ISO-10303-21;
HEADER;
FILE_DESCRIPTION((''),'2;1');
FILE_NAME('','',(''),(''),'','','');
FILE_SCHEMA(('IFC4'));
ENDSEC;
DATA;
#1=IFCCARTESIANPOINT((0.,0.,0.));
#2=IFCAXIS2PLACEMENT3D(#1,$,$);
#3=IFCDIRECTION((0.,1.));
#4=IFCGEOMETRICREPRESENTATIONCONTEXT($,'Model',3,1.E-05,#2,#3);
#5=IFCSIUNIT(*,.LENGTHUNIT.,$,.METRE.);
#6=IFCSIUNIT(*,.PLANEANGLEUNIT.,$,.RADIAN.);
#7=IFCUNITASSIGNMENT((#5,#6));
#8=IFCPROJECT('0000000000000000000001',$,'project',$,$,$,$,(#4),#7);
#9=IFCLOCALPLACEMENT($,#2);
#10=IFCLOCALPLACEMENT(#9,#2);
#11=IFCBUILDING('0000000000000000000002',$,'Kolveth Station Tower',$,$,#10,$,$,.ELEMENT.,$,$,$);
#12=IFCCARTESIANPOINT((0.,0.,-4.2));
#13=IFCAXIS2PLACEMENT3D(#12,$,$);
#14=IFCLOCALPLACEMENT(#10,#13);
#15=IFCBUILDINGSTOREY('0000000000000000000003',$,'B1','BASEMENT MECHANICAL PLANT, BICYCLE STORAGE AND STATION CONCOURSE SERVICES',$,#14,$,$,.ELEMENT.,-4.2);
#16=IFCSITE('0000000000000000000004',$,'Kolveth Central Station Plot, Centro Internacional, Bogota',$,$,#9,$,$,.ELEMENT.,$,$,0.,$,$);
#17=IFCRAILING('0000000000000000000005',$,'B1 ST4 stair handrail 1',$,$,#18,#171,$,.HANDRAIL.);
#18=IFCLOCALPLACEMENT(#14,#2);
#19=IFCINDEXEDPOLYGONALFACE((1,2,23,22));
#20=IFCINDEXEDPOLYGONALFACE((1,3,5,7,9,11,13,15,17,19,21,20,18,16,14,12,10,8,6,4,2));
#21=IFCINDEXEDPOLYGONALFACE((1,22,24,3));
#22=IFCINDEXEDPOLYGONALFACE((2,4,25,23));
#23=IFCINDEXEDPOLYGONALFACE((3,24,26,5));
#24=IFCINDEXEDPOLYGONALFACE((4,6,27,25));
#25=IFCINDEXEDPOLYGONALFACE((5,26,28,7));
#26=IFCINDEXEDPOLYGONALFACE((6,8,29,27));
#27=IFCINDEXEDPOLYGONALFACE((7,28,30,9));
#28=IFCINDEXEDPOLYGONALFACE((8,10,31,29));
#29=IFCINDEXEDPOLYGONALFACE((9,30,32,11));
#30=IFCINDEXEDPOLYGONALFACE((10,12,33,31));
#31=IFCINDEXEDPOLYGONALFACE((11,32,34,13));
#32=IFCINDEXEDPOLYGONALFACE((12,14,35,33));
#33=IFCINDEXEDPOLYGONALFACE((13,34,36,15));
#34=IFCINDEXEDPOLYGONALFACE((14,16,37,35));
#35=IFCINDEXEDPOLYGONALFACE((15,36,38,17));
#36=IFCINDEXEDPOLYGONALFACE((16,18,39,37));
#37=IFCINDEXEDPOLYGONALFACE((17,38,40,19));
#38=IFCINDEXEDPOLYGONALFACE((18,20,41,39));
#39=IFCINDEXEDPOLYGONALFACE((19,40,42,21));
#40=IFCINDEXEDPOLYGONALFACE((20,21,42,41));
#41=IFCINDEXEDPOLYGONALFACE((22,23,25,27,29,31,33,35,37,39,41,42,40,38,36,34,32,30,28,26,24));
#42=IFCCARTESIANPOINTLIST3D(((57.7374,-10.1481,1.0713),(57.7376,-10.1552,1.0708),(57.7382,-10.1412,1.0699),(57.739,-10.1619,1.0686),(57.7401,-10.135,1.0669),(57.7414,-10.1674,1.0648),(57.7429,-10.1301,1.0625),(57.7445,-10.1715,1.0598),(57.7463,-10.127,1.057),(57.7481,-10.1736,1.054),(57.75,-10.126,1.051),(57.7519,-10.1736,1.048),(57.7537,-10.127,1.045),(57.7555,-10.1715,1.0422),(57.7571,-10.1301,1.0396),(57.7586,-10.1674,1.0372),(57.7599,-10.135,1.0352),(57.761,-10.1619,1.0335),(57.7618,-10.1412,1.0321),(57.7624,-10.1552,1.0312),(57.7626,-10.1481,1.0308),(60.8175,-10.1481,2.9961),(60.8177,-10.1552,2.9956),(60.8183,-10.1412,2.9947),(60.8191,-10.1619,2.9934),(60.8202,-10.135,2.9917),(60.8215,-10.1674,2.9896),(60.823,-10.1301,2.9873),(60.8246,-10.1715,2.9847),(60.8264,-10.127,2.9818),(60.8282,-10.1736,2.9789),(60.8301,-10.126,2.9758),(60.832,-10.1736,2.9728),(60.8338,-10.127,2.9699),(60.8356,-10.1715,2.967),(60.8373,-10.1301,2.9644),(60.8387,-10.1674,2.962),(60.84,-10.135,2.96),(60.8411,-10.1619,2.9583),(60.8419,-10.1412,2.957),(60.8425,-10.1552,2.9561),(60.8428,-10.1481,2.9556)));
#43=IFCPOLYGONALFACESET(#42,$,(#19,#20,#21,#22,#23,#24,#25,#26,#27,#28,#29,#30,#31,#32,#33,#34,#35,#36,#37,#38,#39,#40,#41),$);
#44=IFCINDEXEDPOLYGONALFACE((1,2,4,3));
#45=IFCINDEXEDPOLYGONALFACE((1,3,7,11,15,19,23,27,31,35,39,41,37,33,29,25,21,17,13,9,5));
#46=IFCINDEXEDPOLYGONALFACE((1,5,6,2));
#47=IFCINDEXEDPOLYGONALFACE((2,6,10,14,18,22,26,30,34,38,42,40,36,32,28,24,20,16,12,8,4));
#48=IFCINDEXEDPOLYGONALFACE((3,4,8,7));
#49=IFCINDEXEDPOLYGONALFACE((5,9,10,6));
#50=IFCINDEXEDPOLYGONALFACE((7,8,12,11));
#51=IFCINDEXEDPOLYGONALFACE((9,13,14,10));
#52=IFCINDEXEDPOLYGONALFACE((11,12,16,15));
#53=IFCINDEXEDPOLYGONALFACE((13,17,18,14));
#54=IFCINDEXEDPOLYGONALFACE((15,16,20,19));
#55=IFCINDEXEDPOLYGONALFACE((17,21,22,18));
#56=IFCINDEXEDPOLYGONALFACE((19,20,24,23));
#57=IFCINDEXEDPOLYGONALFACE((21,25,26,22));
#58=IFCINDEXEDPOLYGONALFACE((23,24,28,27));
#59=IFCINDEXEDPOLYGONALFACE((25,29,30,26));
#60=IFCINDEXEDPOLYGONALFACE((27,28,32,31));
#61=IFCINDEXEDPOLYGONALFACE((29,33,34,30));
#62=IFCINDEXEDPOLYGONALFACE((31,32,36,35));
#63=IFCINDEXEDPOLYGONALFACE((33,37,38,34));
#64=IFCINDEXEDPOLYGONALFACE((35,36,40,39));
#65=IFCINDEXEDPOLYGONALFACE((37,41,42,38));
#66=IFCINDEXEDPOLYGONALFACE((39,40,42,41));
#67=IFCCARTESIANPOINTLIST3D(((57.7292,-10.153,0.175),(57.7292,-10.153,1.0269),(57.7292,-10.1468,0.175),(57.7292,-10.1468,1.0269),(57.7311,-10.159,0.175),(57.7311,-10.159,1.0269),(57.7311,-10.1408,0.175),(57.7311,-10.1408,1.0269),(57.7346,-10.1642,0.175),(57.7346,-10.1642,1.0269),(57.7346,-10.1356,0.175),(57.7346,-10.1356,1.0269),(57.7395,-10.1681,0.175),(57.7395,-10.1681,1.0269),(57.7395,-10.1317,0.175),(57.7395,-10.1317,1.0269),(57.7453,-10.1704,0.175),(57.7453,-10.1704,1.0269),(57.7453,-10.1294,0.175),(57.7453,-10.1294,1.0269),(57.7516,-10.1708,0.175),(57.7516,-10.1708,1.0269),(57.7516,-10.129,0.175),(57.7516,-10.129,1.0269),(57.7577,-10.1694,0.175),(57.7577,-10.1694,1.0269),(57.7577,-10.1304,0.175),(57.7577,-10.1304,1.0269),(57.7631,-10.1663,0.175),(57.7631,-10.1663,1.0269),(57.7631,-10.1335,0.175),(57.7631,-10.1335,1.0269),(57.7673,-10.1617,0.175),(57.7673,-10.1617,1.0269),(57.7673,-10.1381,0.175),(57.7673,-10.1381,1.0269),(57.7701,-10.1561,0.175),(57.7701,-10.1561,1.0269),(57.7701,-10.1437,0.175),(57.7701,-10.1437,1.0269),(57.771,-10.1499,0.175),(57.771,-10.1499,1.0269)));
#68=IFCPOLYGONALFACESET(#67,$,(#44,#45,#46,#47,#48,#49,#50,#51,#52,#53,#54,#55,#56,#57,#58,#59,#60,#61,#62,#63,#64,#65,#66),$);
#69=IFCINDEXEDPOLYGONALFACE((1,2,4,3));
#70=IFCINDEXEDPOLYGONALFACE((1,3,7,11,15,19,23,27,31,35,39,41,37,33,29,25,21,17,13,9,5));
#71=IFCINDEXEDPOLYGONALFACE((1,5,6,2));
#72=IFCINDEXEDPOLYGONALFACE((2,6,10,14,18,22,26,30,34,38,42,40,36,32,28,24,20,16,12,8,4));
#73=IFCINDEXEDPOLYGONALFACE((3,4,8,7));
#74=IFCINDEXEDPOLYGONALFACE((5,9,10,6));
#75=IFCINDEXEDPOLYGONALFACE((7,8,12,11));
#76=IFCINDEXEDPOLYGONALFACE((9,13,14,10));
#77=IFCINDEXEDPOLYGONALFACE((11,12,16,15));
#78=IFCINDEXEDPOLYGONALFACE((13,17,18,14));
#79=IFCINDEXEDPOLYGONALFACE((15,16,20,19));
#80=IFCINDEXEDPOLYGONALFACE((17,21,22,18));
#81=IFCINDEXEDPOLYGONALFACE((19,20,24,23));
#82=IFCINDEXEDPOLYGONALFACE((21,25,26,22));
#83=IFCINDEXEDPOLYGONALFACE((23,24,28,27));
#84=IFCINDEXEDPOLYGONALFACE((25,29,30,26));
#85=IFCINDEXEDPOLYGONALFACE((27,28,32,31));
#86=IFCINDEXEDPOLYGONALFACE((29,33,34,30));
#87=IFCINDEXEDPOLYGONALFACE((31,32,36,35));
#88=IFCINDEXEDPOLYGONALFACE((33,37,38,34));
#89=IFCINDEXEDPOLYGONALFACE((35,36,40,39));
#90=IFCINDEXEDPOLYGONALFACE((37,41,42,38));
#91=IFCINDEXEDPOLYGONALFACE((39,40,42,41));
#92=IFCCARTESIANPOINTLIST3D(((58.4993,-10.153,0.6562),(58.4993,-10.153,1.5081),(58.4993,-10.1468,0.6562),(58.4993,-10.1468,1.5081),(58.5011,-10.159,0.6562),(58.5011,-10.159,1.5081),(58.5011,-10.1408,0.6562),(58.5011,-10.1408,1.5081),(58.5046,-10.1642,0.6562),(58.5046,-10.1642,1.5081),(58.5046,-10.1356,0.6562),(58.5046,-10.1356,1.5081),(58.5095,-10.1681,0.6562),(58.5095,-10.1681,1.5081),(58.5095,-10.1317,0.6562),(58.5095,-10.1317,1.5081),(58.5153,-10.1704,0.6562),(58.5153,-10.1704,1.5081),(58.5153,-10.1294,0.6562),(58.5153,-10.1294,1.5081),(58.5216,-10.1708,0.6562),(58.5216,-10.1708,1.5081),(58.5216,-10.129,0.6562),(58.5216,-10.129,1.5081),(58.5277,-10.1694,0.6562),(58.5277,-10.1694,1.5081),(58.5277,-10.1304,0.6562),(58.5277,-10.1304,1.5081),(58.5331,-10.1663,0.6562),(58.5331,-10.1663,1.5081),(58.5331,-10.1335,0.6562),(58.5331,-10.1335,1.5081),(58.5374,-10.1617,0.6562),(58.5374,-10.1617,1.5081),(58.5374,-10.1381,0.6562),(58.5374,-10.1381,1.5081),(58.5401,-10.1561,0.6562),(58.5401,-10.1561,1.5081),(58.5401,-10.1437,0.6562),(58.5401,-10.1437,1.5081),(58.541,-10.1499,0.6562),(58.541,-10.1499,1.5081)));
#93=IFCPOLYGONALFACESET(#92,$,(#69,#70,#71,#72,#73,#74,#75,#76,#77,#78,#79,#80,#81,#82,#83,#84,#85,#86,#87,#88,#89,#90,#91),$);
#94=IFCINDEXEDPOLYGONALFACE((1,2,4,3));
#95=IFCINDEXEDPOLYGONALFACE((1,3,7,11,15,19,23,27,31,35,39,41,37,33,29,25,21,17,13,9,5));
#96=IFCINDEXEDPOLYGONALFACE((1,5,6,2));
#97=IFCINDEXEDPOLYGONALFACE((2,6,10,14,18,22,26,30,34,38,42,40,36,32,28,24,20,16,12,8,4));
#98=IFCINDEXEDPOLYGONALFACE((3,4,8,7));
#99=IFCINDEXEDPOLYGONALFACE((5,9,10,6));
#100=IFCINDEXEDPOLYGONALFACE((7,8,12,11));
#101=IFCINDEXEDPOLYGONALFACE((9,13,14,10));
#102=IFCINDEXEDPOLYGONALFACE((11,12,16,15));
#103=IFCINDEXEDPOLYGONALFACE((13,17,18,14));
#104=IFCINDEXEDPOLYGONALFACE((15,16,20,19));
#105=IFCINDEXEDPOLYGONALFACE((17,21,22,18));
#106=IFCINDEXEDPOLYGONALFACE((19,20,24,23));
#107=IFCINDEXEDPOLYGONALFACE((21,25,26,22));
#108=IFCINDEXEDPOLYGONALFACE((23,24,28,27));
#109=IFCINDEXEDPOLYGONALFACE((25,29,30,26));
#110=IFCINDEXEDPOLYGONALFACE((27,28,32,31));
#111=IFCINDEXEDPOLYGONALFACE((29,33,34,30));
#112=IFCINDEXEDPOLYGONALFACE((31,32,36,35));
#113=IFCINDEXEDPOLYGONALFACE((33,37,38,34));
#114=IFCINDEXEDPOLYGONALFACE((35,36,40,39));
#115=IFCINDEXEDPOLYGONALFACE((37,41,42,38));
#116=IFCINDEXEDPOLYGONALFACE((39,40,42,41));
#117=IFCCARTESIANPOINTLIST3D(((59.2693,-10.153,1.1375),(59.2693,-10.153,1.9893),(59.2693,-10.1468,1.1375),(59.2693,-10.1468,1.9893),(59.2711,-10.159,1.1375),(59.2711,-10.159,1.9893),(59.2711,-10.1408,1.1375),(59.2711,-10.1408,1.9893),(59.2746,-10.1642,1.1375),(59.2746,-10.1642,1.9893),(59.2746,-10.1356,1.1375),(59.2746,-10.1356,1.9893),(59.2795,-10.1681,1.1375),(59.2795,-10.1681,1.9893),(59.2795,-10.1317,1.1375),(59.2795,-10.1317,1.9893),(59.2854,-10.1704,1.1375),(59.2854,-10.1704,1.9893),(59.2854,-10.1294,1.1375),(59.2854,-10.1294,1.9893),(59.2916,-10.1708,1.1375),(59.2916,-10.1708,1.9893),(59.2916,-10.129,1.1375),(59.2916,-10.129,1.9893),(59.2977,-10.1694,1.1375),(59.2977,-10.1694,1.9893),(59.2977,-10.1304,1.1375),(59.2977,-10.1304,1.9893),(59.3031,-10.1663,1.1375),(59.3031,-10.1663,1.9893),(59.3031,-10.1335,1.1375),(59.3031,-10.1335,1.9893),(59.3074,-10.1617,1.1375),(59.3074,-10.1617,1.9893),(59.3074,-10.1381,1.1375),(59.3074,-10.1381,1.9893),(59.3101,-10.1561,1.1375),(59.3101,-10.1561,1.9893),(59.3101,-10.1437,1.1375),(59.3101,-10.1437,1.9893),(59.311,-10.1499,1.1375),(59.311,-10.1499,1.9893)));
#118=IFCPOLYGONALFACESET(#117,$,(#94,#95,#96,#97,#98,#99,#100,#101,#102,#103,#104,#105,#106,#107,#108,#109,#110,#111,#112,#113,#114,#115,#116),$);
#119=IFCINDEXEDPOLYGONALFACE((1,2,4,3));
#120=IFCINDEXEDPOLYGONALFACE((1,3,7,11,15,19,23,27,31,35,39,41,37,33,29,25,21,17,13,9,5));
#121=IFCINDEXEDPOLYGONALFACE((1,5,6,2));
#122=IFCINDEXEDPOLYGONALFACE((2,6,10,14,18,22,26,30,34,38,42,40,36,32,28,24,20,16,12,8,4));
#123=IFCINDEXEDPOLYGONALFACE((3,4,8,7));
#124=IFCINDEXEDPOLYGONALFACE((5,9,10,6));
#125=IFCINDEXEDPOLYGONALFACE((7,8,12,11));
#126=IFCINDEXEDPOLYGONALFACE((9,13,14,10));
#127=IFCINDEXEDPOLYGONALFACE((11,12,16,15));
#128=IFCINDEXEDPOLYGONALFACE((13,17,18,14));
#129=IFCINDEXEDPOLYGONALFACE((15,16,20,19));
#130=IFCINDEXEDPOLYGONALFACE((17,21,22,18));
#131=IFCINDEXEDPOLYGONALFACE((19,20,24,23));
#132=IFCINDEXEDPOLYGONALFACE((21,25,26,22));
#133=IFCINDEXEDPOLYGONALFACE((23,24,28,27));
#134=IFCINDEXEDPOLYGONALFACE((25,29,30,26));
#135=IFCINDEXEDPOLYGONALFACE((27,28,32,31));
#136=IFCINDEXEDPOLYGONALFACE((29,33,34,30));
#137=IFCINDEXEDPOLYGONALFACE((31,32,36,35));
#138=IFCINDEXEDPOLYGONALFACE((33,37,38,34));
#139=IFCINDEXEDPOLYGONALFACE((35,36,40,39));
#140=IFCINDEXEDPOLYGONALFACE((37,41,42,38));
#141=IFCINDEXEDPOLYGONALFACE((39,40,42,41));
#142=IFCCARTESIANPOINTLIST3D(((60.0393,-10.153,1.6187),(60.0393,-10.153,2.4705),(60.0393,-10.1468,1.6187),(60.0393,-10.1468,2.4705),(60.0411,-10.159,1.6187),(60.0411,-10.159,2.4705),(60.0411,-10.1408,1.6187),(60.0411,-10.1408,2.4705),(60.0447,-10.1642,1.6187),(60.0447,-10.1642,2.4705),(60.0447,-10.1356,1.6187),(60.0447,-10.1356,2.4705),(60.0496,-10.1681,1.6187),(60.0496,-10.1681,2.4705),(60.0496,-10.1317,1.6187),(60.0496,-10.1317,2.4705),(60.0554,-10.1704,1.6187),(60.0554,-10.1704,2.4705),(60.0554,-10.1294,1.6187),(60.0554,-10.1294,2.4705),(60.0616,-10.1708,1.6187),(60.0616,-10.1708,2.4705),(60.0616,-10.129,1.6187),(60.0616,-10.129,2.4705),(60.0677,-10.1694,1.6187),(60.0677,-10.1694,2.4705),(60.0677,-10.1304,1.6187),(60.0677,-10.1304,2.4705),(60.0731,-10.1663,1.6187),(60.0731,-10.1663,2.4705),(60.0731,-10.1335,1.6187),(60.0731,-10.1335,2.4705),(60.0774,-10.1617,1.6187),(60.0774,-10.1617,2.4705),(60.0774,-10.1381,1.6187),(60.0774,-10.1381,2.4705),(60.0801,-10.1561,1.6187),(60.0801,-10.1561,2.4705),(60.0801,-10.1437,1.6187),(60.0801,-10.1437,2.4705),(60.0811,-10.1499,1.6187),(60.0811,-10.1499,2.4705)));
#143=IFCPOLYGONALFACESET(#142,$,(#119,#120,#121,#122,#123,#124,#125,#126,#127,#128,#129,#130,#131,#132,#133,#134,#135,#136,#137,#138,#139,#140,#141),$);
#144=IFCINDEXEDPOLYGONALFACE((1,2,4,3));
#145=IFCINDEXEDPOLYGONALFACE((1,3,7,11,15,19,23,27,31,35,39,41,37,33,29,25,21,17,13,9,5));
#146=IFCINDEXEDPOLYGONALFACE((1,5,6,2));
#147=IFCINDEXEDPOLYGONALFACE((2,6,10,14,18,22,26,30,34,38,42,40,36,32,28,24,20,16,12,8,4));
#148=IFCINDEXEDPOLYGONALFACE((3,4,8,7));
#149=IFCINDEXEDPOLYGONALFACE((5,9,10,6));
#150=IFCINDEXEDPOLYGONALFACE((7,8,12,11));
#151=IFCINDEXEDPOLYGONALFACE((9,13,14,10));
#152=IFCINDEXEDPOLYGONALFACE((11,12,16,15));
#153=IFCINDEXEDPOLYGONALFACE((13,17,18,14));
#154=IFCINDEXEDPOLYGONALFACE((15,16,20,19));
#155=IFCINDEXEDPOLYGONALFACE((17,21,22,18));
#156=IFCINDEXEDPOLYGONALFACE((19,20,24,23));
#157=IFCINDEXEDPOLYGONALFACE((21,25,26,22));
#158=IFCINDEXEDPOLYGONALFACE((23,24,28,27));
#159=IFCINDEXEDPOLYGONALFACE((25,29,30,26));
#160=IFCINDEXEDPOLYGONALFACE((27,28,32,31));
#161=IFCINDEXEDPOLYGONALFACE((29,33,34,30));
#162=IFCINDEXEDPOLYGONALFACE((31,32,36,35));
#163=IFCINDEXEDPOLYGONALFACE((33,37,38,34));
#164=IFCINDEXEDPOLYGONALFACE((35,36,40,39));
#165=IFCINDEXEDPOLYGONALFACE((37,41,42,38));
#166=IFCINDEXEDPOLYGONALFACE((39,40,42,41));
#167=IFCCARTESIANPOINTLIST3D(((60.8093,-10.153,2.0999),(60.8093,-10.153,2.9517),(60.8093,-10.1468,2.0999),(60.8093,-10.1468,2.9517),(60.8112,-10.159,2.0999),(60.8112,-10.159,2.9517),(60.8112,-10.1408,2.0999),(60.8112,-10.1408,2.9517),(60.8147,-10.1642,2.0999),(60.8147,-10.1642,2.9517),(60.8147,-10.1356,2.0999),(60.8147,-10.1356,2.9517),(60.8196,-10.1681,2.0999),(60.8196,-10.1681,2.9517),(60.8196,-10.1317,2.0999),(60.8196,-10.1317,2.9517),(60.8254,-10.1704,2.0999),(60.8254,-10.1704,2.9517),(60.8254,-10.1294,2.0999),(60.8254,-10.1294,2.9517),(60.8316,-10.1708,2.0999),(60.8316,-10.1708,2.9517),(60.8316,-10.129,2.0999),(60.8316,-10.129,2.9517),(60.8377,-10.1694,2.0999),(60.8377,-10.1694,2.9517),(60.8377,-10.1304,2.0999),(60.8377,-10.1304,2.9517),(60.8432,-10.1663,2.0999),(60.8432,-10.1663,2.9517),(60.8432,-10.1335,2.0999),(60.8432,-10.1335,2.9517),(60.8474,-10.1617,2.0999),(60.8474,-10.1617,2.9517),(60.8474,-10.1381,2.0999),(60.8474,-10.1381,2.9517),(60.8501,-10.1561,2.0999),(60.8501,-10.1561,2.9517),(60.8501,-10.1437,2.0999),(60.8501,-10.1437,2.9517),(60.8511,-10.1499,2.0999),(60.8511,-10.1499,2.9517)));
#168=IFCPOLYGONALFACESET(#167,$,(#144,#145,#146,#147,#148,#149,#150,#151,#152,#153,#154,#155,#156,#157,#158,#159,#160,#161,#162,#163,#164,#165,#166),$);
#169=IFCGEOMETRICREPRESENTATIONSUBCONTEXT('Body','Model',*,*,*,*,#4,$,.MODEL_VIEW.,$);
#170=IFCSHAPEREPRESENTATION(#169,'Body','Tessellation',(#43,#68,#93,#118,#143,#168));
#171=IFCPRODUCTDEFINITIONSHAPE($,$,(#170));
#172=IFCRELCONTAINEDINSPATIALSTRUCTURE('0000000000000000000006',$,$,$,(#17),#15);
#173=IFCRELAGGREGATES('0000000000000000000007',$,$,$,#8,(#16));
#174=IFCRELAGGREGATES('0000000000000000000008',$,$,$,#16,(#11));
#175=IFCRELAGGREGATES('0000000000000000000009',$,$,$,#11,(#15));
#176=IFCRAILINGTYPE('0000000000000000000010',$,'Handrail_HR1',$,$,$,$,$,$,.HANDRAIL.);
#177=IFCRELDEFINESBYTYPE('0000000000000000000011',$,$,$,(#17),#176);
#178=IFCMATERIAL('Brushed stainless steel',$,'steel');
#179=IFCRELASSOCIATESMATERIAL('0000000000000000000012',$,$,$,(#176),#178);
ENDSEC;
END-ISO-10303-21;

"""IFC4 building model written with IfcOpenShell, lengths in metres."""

from ifc_helpers import new_model, si_unit, direction, frame, origin, origin_2d, place, context, subcontext, project, spatial, circle, extrude, material, type_object, element, save


model = new_model("IFC4")

# Units and contexts
model_context = context("Model", 3, precision=1e-05, world=origin(), true_north=direction((0.0, 1.0)))
body_context = subcontext(model_context, "Body", "Model", "MODEL_VIEW")
ifc_project = project(units=[si_unit("LENGTHUNIT", "METRE"), si_unit("PLANEANGLEUNIT", "RADIAN")], contexts=[model_context])

# Site, building, storey
site_placement = place(None, origin())
site = spatial("IfcSite", under=ifc_project, at=site_placement, Name="Kolveth Central Station Plot, Centro Internacional, Bogota", CompositionType="ELEMENT", RefElevation=0.0)
building_placement = place(site_placement, origin())
building = spatial("IfcBuilding", under=site, at=building_placement, Name="Kolveth Station Tower", CompositionType="ELEMENT")
storey_placement = place(building_placement, frame((0.0, 0.0, -4.2)))
storey = spatial("IfcBuildingStorey", under=building, at=storey_placement, Name="B1", Description="BASEMENT MECHANICAL PLANT, BICYCLE STORAGE AND STATION CONCOURSE SERVICES", CompositionType="ELEMENT", Elevation=-4.2)

# Railing
ifc_material_1 = material(Name="Brushed stainless steel", Category="steel")
railing_type_1 = type_object("IfcRailingType", Name="Handrail_HR1", PredefinedType="HANDRAIL", material=ifc_material_1)
railing_1_placement = place(storey_placement, frame((57.75, -10.1499, 0.175)))
element("IfcRailing", 1, at=railing_1_placement, inside=storey, type_object=railing_type_1, Name="B1 ST4 stair handrail 1", PredefinedType="HANDRAIL", context=body_context, shape_type="SweptSolid", body=[
    extrude(circle(Radius=0.0239, at=origin_2d()), frame((0.0, 0.0, 0.876), z_axis=(0.848029, 0.0, 0.529951), x_axis=(0.0, 1.0, 0.0)), (0.0, 0.0, 1.0), 3.6321),
    extrude(circle(Radius=0.021, at=origin_2d()), origin(), (0.0, 0.0, 1.0), 0.8518),
    extrude(circle(Radius=0.021, at=origin_2d()), frame((0.77, 0.0, 0.4812)), (0.0, 0.0, 1.0), 0.8518),
    extrude(circle(Radius=0.021, at=origin_2d()), frame((1.54, 0.0, 0.9624)), (0.0, 0.0, 1.0), 0.8518),
    extrude(circle(Radius=0.021, at=origin_2d()), frame((2.3101, 0.0, 1.4436)), (0.0, 0.0, 1.0), 0.8518),
    extrude(circle(Radius=0.021, at=origin_2d()), frame((3.0801, 0.0, 1.9248)), (0.0, 0.0, 1.0), 0.8518),
])

save(model, "model.ifc")
